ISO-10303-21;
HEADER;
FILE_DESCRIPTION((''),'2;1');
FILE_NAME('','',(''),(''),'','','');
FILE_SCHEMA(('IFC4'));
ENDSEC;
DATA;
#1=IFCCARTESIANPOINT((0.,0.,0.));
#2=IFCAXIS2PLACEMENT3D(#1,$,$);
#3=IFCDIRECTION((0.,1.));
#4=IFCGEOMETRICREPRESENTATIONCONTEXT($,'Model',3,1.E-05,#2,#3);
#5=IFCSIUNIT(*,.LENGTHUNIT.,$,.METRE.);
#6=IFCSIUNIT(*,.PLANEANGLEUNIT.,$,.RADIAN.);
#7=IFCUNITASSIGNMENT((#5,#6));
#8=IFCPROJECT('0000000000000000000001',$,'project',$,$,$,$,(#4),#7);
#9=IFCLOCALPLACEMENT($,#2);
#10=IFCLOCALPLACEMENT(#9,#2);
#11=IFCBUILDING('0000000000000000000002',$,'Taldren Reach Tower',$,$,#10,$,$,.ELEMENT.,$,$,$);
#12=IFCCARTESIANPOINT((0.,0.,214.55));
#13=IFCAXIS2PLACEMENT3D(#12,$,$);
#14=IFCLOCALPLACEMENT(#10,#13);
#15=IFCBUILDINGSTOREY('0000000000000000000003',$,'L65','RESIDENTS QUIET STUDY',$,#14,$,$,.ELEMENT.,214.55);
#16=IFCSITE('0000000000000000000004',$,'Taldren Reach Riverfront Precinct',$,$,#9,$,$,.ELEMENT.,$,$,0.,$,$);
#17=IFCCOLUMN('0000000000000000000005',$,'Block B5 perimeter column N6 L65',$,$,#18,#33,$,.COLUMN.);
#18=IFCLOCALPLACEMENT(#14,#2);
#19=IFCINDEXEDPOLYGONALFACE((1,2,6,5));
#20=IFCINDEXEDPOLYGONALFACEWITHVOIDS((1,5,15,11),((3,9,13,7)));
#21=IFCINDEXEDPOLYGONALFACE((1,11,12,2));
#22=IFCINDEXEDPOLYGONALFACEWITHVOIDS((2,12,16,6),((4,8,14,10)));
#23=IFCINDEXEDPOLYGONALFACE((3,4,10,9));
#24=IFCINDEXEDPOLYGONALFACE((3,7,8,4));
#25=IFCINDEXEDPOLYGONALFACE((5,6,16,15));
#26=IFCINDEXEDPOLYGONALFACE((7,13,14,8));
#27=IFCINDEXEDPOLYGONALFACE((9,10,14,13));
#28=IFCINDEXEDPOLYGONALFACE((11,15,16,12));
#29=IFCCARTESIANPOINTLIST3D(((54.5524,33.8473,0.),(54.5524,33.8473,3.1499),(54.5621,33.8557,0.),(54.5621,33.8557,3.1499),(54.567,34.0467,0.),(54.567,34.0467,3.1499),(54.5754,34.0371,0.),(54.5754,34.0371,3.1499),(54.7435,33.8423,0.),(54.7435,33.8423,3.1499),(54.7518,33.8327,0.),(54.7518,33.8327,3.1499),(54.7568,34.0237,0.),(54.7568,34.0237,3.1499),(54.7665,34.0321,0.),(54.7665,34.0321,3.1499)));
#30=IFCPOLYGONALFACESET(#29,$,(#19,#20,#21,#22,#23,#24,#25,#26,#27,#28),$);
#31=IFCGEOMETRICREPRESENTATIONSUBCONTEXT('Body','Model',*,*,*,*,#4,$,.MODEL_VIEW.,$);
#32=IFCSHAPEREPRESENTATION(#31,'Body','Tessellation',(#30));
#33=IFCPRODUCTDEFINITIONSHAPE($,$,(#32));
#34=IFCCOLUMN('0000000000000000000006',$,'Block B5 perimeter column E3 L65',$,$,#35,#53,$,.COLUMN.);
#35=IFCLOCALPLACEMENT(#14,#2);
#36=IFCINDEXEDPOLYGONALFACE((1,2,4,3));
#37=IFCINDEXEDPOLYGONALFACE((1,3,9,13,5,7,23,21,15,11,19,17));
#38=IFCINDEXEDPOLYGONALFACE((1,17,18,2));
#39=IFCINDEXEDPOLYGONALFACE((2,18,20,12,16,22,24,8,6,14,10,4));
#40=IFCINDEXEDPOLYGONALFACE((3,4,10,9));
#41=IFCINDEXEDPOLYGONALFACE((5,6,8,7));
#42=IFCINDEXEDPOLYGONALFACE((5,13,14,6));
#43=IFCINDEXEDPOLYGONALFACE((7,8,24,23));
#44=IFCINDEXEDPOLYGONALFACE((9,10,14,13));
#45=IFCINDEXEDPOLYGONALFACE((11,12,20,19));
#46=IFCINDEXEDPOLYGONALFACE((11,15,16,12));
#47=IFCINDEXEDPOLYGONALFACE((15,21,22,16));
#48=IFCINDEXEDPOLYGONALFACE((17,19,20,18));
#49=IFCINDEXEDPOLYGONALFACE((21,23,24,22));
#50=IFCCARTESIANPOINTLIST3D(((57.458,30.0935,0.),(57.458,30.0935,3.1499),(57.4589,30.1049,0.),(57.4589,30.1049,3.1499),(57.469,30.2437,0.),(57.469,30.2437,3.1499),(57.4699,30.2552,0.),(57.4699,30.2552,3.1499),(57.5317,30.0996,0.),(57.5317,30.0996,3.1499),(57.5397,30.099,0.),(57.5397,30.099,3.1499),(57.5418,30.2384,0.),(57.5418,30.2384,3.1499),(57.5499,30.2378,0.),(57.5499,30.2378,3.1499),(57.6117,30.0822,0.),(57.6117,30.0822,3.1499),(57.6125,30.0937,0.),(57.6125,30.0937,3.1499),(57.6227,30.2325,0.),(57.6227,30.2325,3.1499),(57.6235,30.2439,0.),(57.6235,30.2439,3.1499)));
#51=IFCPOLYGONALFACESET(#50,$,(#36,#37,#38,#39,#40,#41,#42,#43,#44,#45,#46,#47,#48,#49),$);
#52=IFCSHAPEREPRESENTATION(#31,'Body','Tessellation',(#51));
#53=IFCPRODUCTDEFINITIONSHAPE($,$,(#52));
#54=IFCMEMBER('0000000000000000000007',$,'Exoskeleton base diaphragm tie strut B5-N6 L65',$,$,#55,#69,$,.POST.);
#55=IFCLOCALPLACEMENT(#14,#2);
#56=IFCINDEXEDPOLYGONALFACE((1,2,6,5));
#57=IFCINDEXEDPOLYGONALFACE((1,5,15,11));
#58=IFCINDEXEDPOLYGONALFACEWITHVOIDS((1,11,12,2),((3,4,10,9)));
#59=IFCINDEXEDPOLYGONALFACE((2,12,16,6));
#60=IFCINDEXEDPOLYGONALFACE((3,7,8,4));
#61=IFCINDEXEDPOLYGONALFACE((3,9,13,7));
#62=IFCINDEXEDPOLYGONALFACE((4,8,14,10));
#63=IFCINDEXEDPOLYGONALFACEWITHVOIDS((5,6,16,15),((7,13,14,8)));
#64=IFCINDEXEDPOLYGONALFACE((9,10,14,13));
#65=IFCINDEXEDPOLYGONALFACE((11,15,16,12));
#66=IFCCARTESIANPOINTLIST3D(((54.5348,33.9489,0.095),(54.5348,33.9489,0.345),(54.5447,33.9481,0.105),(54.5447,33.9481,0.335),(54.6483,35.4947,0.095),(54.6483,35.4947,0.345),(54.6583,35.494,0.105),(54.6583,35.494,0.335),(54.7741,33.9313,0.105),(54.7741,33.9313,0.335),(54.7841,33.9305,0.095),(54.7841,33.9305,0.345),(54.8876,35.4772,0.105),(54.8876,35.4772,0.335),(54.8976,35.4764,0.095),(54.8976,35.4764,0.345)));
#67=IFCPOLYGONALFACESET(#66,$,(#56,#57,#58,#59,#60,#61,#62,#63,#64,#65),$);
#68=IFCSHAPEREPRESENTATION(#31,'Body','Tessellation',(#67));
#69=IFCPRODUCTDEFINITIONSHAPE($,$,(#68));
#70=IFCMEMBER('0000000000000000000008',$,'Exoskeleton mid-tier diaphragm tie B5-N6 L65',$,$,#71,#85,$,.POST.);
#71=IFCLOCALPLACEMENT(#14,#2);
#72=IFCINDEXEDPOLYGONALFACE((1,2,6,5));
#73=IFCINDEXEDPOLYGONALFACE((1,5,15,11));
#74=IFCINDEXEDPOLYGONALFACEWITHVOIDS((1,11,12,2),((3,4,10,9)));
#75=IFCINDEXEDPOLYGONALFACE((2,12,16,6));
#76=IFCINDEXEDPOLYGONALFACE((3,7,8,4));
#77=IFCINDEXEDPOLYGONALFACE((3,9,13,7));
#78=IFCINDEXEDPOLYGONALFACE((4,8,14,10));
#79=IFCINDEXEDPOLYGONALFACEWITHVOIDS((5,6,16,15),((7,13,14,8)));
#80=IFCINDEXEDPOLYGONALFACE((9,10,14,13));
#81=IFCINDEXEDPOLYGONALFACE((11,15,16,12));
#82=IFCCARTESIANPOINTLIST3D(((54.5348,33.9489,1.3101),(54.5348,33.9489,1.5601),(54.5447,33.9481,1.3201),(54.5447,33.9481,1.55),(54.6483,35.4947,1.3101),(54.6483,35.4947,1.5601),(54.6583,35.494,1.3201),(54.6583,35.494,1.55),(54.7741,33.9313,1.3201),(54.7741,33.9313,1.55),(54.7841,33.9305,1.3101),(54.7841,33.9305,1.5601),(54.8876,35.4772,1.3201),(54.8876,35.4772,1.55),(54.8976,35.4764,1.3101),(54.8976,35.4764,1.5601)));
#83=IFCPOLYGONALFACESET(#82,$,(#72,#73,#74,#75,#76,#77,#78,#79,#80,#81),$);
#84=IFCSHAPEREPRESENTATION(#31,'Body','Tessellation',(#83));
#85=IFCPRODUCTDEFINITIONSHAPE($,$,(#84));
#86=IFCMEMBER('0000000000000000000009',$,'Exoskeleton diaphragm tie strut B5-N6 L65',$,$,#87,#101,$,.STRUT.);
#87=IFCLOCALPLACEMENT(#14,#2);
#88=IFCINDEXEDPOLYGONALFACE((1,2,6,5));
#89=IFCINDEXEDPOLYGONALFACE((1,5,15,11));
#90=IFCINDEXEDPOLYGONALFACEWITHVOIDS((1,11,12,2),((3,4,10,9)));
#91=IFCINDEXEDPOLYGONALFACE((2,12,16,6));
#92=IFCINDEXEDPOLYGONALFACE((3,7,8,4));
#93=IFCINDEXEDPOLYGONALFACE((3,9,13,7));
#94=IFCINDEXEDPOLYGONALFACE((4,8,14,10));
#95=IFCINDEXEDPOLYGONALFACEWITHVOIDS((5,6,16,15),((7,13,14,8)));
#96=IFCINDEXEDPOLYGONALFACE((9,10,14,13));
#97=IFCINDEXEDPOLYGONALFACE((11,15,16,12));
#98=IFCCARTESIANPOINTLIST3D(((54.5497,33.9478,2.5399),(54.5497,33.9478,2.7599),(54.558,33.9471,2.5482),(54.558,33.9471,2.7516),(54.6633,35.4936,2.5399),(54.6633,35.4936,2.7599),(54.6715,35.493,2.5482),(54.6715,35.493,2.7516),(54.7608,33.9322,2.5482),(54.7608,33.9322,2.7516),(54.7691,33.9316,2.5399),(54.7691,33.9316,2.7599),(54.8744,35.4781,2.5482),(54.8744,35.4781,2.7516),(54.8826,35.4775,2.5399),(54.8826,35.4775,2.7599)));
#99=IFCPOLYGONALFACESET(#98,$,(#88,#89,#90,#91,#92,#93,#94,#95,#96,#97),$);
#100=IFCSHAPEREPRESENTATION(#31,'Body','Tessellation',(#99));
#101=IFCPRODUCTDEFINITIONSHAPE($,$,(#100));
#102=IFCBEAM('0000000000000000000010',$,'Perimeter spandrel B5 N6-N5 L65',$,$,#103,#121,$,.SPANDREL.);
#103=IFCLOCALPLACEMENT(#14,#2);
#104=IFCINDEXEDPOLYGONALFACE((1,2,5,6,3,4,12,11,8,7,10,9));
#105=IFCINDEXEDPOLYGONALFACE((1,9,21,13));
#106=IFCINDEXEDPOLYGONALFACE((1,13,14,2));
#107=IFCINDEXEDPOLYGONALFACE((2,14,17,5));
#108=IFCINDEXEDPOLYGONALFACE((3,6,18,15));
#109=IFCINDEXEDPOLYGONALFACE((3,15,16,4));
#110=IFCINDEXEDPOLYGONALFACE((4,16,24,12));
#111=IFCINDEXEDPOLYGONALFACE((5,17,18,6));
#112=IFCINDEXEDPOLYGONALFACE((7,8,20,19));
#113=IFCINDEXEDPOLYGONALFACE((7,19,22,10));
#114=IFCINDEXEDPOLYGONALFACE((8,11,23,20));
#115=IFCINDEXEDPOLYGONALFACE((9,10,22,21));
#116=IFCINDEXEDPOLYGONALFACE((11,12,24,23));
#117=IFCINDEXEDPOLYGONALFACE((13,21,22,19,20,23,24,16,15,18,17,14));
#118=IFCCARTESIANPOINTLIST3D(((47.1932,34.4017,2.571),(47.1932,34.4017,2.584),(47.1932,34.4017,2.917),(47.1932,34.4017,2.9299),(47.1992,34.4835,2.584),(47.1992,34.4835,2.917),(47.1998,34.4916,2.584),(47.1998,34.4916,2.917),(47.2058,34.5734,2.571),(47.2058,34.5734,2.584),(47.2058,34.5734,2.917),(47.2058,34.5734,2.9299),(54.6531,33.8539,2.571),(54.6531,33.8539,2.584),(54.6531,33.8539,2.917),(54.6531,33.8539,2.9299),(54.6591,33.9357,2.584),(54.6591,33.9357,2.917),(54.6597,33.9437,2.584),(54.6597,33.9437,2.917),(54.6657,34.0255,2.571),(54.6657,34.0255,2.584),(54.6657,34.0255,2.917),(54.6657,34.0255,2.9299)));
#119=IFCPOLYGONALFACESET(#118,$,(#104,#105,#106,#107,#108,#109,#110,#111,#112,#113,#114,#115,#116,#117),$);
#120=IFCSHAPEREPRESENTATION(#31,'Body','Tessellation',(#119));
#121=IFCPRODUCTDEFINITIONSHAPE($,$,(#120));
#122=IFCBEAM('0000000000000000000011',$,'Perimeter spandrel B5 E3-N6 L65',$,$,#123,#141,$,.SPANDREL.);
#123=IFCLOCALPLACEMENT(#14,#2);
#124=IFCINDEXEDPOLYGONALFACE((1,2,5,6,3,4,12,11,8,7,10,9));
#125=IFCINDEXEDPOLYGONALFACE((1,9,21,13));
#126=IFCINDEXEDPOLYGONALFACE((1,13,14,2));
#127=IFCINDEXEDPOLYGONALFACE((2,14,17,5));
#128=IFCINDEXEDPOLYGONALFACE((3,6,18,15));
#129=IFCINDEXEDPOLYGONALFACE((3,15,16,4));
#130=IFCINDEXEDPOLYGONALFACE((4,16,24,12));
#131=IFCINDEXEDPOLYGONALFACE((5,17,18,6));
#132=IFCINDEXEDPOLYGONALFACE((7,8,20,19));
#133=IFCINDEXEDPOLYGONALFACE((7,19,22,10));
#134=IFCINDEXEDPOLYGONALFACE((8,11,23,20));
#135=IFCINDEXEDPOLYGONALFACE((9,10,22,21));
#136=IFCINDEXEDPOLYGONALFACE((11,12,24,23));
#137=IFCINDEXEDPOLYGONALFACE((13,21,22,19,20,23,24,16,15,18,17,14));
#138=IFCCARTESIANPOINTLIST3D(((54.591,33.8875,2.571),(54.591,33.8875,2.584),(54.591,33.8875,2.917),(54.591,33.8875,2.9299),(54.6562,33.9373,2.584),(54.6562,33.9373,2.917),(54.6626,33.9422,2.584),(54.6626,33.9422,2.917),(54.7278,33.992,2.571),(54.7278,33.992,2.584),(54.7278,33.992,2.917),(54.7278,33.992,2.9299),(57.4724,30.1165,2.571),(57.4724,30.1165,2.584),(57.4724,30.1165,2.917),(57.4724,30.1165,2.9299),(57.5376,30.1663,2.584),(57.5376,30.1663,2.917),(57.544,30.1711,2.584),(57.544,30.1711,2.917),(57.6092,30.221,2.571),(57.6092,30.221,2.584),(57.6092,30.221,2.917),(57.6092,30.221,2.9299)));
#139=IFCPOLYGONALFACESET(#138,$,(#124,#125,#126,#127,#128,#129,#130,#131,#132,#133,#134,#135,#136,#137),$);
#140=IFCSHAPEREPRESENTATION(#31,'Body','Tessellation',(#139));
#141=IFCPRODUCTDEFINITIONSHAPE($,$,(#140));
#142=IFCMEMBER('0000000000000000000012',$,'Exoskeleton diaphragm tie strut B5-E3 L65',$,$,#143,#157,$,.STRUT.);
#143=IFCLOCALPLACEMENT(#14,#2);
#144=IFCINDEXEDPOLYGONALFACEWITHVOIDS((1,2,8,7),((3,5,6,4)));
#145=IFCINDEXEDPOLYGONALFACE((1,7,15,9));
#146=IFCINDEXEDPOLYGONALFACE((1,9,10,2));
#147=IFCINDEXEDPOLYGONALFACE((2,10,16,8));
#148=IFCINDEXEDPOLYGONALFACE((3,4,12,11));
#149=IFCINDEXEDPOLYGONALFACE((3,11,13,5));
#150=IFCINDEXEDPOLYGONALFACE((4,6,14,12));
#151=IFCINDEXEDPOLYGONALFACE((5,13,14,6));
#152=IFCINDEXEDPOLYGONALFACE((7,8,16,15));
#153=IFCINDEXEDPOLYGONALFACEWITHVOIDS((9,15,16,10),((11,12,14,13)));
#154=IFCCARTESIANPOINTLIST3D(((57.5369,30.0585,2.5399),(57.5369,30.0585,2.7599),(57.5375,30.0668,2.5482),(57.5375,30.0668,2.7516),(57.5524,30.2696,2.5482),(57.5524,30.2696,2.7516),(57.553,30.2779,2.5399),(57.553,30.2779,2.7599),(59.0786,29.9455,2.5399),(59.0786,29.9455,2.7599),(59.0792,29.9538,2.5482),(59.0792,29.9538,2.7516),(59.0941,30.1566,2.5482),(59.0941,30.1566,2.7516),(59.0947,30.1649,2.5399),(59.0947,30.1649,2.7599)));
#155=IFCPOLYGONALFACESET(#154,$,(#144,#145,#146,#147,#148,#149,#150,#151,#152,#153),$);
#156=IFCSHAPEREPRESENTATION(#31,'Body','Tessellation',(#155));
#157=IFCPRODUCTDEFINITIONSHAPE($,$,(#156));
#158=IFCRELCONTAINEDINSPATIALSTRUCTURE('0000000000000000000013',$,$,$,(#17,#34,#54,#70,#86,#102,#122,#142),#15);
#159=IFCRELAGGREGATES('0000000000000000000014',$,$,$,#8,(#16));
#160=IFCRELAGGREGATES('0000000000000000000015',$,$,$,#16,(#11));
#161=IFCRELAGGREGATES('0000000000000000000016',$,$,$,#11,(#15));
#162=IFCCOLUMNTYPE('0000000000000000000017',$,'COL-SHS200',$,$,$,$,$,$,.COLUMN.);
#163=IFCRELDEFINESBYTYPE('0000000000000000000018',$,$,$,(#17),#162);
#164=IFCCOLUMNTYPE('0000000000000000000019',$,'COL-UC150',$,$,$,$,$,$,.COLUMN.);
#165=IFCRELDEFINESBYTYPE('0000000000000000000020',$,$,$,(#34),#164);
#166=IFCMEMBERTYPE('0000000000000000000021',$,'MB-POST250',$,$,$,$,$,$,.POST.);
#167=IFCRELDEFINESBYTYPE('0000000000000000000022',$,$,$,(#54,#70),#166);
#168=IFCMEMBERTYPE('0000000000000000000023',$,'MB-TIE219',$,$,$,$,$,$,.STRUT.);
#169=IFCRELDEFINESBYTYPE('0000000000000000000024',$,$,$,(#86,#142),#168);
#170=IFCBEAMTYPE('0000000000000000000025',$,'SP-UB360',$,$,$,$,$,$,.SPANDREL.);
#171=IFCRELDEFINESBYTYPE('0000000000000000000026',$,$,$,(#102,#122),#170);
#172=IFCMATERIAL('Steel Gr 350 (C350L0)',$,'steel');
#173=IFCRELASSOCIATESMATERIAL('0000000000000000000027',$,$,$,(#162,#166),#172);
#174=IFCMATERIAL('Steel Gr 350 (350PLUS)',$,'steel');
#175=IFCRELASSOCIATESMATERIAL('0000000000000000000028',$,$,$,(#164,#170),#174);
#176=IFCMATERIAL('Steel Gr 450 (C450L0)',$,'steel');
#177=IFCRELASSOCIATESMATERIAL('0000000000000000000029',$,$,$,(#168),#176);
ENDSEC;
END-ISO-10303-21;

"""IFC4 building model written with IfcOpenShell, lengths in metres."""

from ifc_helpers import new_model, si_unit, direction, frame, origin, origin_2d, place, context, subcontext, project, spatial, hollow_rectangle, i_section, extrude, source, transform, mapped, material, material_profile, profile_set, type_object, element, save


model = new_model("IFC4")

# Units and contexts
model_context = context("Model", 3, precision=1e-05, world=origin(), true_north=direction((0.0, 1.0)))
body_context = subcontext(model_context, "Body", "Model", "MODEL_VIEW")
ifc_project = project(units=[si_unit("LENGTHUNIT", "METRE"), si_unit("PLANEANGLEUNIT", "RADIAN")], contexts=[model_context])

# Site, building, storey
site_placement = place(None, origin())
site = spatial("IfcSite", under=ifc_project, at=site_placement, Name="Taldren Reach Riverfront Precinct", CompositionType="ELEMENT", RefElevation=0.0)
building_placement = place(site_placement, origin())
building = spatial("IfcBuilding", under=site, at=building_placement, Name="Taldren Reach Tower", CompositionType="ELEMENT")
storey_placement = place(building_placement, frame((0.0, 0.0, 214.55)))
storey = spatial("IfcBuildingStorey", under=building, at=storey_placement, Name="L65", Description="RESIDENTS QUIET STUDY", CompositionType="ELEMENT", Elevation=214.55)

# Columns
ifc_material_1 = material(Name="Steel Gr 350 (C350L0)", Category="steel")
ifc_material_profile_1 = material_profile(ifc_material_1, hollow_rectangle(XDim=0.2, YDim=0.2, WallThickness=0.009, at=origin_2d()), Name="200x200x9.0SHS")
ifc_profile_set_1 = profile_set([ifc_material_profile_1], Name="Steel Gr 350 (C350L0)")
column_type_1 = type_object("IfcColumnType", Name="COL-SHS200", PredefinedType="COLUMN", material=ifc_profile_set_1)
shared_shape_1 = source(origin(), body_context, "Body", "SweptSolid", [
    extrude(hollow_rectangle(XDim=0.2, YDim=0.2, WallThickness=0.009, at=origin_2d()), origin(), (0.0, 0.0, 1.0), 3.1499),
])
column_1_placement = place(storey_placement, frame((54.6594, 33.9397, 0.0), z_axis=(0.0, 0.0, 1.0), x_axis=(0.997314, -0.073238, 0.0)))
element("IfcColumn", 1, at=column_1_placement, inside=storey, type_object=column_type_1, Name="Block B5 perimeter column N6 L65", PredefinedType="COLUMN", context=body_context, shape_type="MappedRepresentation", body=[
    mapped(shared_shape_1, transform((0.0, 0.0, 0.0), scale=1.0)),
])
ifc_material_2 = material(Name="Steel Gr 350 (350PLUS)", Category="steel")
ifc_material_profile_2 = material_profile(ifc_material_2, i_section(OverallWidth=0.1541, OverallDepth=0.1621, WebThickness=0.0081, FlangeThickness=0.0115, at=origin_2d()), Name="150UC37.2")
ifc_profile_set_2 = profile_set([ifc_material_profile_2], Name="Steel Gr 350 (350PLUS)")
column_type_2 = type_object("IfcColumnType", Name="COL-UC150", PredefinedType="COLUMN", material=ifc_profile_set_2)
shared_shape_2 = source(origin(), body_context, "Body", "SweptSolid", [
    extrude(i_section(OverallWidth=0.1541, OverallDepth=0.1621, WebThickness=0.0081, FlangeThickness=0.0115, at=origin_2d()), origin(), (0.0, 0.0, 1.0), 3.1499),
])
column_2_placement = place(storey_placement, frame((57.5408, 30.1687, 0.0), z_axis=(0.0, 0.0, 1.0), x_axis=(0.997314, -0.073238, 0.0)))
element("IfcColumn", 2, at=column_2_placement, inside=storey, type_object=column_type_2, Name="Block B5 perimeter column E3 L65", PredefinedType="COLUMN", context=body_context, shape_type="MappedRepresentation", body=[
    mapped(shared_shape_2, transform((0.0, 0.0, 0.0), scale=1.0)),
])

# Members
ifc_material_profile_3 = material_profile(ifc_material_1, hollow_rectangle(XDim=0.25, YDim=0.25, WallThickness=0.01, at=origin_2d()), Name="250x250x10.0SHS")
ifc_profile_set_3 = profile_set([ifc_material_profile_3], Name="Steel Gr 350 (C350L0)")
member_type_1 = type_object("IfcMemberType", Name="MB-POST250", PredefinedType="POST", material=ifc_profile_set_3)
shared_shape_3 = source(origin(), body_context, "Body", "SweptSolid", [
    extrude(hollow_rectangle(XDim=0.25, YDim=0.25, WallThickness=0.01, at=origin_2d()), origin(), (0.0, 0.0, 1.0), 1.55),
])
for number, where, z_axis, x_axis, name in (
    (3, (54.6594, 33.9397, 0.22), (0.073239, 0.997314, 0.0), (-0.997314, 0.073239, 0.0), "Exoskeleton base diaphragm tie strut B5-N6 L65"),
    (4, (54.6594, 33.9397, 1.4351), (0.073239, 0.997314, 0.0), (-0.997314, 0.073239, 0.0), "Exoskeleton mid-tier diaphragm tie B5-N6 L65"),
):
    element("IfcMember", number, at=place(storey_placement, frame(where, z_axis=z_axis, x_axis=x_axis)), inside=storey, type_object=member_type_1, Name=name, PredefinedType="POST", context=body_context, shape_type="MappedRepresentation", body=[
        mapped(shared_shape_3, transform((0.0, 0.0, 0.0), scale=1.0)),
    ])
ifc_material_3 = material(Name="Steel Gr 450 (C450L0)", Category="steel")
ifc_material_profile_4 = material_profile(ifc_material_3, hollow_rectangle(XDim=0.22, YDim=0.22, WallThickness=0.0083, at=origin_2d()), Name="220x220x8.2SHS")
ifc_profile_set_4 = profile_set([ifc_material_profile_4], Name="Steel Gr 450 (C450L0)")
member_type_2 = type_object("IfcMemberType", Name="MB-TIE219", PredefinedType="STRUT", material=ifc_profile_set_4)
shared_shape_4 = source(origin(), body_context, "Body", "SweptSolid", [
    extrude(hollow_rectangle(XDim=0.22, YDim=0.22, WallThickness=0.0083, at=origin_2d()), origin(), (0.0, 0.0, 1.0), 1.55),
])
member_1_placement = place(storey_placement, frame((54.6594, 33.9397, 2.6499), z_axis=(0.073239, 0.997314, 0.0), x_axis=(-0.997314, 0.073239, 0.0)))
element("IfcMember", 5, at=member_1_placement, inside=storey, type_object=member_type_2, Name="Exoskeleton diaphragm tie strut B5-N6 L65", PredefinedType="STRUT", context=body_context, shape_type="MappedRepresentation", body=[
    mapped(shared_shape_4, transform((0.0, 0.0, 0.0), scale=1.0)),
])

# Beams
ifc_material_profile_5 = material_profile(ifc_material_2, i_section(OverallWidth=0.1721, OverallDepth=0.3589, WebThickness=0.0081, FlangeThickness=0.0129, at=origin_2d()), Name="360UB56.7")
ifc_profile_set_5 = profile_set([ifc_material_profile_5], Name="Steel Gr 350 (350PLUS)")
beam_type = type_object("IfcBeamType", Name="SP-UB360", PredefinedType="SPANDREL", material=ifc_profile_set_5)
shared_shape_5 = source(origin(), body_context, "Body", "SweptSolid", [
    extrude(i_section(OverallWidth=0.1721, OverallDepth=0.3589, WebThickness=0.0081, FlangeThickness=0.0129, at=origin_2d()), origin(), (0.0, 0.0, 1.0), 7.48),
])
beam_1_placement = place(storey_placement, frame((54.6594, 33.9397, 2.7505), z_axis=(-0.997314, 0.073242, 0.0), x_axis=(-0.073242, -0.997314, 0.0)))
element("IfcBeam", 6, at=beam_1_placement, inside=storey, type_object=beam_type, Name="Perimeter spandrel B5 N6-N5 L65", PredefinedType="SPANDREL", context=body_context, shape_type="MappedRepresentation", body=[
    mapped(shared_shape_5, transform((0.0, 0.0, 0.0), scale=1.0)),
])
shared_shape_6 = source(origin(), body_context, "Body", "SweptSolid", [
    extrude(i_section(OverallWidth=0.1721, OverallDepth=0.3589, WebThickness=0.0081, FlangeThickness=0.0129, at=origin_2d()), origin(), (0.0, 0.0, 1.0), 4.7458),
])
beam_2_placement = place(storey_placement, frame((57.5408, 30.1687, 2.7505), z_axis=(-0.607137, 0.794597, 0.0), x_axis=(-0.794597, -0.607137, 0.0)))
element("IfcBeam", 7, at=beam_2_placement, inside=storey, type_object=beam_type, Name="Perimeter spandrel B5 E3-N6 L65", PredefinedType="SPANDREL", context=body_context, shape_type="MappedRepresentation", body=[
    mapped(shared_shape_6, transform((0.0, 0.0, 0.0), scale=1.0)),
])

# Member
shared_shape_7 = source(origin(), body_context, "Body", "SweptSolid", [
    extrude(hollow_rectangle(XDim=0.22, YDim=0.22, WallThickness=0.0083, at=origin_2d()), origin(), (0.0, 0.0, 1.0), 1.5459),
])
member_2_placement = place(storey_placement, frame((57.5449, 30.1682, 2.6499), z_axis=(0.997323, -0.073121, 0.0), x_axis=(0.073121, 0.997323, 0.0)))
element("IfcMember", 8, at=member_2_placement, inside=storey, type_object=member_type_2, Name="Exoskeleton diaphragm tie strut B5-E3 L65", PredefinedType="STRUT", context=body_context, shape_type="MappedRepresentation", body=[
    mapped(shared_shape_7, transform((0.0, 0.0, 0.0), scale=1.0)),
])

save(model, "model.ifc")
